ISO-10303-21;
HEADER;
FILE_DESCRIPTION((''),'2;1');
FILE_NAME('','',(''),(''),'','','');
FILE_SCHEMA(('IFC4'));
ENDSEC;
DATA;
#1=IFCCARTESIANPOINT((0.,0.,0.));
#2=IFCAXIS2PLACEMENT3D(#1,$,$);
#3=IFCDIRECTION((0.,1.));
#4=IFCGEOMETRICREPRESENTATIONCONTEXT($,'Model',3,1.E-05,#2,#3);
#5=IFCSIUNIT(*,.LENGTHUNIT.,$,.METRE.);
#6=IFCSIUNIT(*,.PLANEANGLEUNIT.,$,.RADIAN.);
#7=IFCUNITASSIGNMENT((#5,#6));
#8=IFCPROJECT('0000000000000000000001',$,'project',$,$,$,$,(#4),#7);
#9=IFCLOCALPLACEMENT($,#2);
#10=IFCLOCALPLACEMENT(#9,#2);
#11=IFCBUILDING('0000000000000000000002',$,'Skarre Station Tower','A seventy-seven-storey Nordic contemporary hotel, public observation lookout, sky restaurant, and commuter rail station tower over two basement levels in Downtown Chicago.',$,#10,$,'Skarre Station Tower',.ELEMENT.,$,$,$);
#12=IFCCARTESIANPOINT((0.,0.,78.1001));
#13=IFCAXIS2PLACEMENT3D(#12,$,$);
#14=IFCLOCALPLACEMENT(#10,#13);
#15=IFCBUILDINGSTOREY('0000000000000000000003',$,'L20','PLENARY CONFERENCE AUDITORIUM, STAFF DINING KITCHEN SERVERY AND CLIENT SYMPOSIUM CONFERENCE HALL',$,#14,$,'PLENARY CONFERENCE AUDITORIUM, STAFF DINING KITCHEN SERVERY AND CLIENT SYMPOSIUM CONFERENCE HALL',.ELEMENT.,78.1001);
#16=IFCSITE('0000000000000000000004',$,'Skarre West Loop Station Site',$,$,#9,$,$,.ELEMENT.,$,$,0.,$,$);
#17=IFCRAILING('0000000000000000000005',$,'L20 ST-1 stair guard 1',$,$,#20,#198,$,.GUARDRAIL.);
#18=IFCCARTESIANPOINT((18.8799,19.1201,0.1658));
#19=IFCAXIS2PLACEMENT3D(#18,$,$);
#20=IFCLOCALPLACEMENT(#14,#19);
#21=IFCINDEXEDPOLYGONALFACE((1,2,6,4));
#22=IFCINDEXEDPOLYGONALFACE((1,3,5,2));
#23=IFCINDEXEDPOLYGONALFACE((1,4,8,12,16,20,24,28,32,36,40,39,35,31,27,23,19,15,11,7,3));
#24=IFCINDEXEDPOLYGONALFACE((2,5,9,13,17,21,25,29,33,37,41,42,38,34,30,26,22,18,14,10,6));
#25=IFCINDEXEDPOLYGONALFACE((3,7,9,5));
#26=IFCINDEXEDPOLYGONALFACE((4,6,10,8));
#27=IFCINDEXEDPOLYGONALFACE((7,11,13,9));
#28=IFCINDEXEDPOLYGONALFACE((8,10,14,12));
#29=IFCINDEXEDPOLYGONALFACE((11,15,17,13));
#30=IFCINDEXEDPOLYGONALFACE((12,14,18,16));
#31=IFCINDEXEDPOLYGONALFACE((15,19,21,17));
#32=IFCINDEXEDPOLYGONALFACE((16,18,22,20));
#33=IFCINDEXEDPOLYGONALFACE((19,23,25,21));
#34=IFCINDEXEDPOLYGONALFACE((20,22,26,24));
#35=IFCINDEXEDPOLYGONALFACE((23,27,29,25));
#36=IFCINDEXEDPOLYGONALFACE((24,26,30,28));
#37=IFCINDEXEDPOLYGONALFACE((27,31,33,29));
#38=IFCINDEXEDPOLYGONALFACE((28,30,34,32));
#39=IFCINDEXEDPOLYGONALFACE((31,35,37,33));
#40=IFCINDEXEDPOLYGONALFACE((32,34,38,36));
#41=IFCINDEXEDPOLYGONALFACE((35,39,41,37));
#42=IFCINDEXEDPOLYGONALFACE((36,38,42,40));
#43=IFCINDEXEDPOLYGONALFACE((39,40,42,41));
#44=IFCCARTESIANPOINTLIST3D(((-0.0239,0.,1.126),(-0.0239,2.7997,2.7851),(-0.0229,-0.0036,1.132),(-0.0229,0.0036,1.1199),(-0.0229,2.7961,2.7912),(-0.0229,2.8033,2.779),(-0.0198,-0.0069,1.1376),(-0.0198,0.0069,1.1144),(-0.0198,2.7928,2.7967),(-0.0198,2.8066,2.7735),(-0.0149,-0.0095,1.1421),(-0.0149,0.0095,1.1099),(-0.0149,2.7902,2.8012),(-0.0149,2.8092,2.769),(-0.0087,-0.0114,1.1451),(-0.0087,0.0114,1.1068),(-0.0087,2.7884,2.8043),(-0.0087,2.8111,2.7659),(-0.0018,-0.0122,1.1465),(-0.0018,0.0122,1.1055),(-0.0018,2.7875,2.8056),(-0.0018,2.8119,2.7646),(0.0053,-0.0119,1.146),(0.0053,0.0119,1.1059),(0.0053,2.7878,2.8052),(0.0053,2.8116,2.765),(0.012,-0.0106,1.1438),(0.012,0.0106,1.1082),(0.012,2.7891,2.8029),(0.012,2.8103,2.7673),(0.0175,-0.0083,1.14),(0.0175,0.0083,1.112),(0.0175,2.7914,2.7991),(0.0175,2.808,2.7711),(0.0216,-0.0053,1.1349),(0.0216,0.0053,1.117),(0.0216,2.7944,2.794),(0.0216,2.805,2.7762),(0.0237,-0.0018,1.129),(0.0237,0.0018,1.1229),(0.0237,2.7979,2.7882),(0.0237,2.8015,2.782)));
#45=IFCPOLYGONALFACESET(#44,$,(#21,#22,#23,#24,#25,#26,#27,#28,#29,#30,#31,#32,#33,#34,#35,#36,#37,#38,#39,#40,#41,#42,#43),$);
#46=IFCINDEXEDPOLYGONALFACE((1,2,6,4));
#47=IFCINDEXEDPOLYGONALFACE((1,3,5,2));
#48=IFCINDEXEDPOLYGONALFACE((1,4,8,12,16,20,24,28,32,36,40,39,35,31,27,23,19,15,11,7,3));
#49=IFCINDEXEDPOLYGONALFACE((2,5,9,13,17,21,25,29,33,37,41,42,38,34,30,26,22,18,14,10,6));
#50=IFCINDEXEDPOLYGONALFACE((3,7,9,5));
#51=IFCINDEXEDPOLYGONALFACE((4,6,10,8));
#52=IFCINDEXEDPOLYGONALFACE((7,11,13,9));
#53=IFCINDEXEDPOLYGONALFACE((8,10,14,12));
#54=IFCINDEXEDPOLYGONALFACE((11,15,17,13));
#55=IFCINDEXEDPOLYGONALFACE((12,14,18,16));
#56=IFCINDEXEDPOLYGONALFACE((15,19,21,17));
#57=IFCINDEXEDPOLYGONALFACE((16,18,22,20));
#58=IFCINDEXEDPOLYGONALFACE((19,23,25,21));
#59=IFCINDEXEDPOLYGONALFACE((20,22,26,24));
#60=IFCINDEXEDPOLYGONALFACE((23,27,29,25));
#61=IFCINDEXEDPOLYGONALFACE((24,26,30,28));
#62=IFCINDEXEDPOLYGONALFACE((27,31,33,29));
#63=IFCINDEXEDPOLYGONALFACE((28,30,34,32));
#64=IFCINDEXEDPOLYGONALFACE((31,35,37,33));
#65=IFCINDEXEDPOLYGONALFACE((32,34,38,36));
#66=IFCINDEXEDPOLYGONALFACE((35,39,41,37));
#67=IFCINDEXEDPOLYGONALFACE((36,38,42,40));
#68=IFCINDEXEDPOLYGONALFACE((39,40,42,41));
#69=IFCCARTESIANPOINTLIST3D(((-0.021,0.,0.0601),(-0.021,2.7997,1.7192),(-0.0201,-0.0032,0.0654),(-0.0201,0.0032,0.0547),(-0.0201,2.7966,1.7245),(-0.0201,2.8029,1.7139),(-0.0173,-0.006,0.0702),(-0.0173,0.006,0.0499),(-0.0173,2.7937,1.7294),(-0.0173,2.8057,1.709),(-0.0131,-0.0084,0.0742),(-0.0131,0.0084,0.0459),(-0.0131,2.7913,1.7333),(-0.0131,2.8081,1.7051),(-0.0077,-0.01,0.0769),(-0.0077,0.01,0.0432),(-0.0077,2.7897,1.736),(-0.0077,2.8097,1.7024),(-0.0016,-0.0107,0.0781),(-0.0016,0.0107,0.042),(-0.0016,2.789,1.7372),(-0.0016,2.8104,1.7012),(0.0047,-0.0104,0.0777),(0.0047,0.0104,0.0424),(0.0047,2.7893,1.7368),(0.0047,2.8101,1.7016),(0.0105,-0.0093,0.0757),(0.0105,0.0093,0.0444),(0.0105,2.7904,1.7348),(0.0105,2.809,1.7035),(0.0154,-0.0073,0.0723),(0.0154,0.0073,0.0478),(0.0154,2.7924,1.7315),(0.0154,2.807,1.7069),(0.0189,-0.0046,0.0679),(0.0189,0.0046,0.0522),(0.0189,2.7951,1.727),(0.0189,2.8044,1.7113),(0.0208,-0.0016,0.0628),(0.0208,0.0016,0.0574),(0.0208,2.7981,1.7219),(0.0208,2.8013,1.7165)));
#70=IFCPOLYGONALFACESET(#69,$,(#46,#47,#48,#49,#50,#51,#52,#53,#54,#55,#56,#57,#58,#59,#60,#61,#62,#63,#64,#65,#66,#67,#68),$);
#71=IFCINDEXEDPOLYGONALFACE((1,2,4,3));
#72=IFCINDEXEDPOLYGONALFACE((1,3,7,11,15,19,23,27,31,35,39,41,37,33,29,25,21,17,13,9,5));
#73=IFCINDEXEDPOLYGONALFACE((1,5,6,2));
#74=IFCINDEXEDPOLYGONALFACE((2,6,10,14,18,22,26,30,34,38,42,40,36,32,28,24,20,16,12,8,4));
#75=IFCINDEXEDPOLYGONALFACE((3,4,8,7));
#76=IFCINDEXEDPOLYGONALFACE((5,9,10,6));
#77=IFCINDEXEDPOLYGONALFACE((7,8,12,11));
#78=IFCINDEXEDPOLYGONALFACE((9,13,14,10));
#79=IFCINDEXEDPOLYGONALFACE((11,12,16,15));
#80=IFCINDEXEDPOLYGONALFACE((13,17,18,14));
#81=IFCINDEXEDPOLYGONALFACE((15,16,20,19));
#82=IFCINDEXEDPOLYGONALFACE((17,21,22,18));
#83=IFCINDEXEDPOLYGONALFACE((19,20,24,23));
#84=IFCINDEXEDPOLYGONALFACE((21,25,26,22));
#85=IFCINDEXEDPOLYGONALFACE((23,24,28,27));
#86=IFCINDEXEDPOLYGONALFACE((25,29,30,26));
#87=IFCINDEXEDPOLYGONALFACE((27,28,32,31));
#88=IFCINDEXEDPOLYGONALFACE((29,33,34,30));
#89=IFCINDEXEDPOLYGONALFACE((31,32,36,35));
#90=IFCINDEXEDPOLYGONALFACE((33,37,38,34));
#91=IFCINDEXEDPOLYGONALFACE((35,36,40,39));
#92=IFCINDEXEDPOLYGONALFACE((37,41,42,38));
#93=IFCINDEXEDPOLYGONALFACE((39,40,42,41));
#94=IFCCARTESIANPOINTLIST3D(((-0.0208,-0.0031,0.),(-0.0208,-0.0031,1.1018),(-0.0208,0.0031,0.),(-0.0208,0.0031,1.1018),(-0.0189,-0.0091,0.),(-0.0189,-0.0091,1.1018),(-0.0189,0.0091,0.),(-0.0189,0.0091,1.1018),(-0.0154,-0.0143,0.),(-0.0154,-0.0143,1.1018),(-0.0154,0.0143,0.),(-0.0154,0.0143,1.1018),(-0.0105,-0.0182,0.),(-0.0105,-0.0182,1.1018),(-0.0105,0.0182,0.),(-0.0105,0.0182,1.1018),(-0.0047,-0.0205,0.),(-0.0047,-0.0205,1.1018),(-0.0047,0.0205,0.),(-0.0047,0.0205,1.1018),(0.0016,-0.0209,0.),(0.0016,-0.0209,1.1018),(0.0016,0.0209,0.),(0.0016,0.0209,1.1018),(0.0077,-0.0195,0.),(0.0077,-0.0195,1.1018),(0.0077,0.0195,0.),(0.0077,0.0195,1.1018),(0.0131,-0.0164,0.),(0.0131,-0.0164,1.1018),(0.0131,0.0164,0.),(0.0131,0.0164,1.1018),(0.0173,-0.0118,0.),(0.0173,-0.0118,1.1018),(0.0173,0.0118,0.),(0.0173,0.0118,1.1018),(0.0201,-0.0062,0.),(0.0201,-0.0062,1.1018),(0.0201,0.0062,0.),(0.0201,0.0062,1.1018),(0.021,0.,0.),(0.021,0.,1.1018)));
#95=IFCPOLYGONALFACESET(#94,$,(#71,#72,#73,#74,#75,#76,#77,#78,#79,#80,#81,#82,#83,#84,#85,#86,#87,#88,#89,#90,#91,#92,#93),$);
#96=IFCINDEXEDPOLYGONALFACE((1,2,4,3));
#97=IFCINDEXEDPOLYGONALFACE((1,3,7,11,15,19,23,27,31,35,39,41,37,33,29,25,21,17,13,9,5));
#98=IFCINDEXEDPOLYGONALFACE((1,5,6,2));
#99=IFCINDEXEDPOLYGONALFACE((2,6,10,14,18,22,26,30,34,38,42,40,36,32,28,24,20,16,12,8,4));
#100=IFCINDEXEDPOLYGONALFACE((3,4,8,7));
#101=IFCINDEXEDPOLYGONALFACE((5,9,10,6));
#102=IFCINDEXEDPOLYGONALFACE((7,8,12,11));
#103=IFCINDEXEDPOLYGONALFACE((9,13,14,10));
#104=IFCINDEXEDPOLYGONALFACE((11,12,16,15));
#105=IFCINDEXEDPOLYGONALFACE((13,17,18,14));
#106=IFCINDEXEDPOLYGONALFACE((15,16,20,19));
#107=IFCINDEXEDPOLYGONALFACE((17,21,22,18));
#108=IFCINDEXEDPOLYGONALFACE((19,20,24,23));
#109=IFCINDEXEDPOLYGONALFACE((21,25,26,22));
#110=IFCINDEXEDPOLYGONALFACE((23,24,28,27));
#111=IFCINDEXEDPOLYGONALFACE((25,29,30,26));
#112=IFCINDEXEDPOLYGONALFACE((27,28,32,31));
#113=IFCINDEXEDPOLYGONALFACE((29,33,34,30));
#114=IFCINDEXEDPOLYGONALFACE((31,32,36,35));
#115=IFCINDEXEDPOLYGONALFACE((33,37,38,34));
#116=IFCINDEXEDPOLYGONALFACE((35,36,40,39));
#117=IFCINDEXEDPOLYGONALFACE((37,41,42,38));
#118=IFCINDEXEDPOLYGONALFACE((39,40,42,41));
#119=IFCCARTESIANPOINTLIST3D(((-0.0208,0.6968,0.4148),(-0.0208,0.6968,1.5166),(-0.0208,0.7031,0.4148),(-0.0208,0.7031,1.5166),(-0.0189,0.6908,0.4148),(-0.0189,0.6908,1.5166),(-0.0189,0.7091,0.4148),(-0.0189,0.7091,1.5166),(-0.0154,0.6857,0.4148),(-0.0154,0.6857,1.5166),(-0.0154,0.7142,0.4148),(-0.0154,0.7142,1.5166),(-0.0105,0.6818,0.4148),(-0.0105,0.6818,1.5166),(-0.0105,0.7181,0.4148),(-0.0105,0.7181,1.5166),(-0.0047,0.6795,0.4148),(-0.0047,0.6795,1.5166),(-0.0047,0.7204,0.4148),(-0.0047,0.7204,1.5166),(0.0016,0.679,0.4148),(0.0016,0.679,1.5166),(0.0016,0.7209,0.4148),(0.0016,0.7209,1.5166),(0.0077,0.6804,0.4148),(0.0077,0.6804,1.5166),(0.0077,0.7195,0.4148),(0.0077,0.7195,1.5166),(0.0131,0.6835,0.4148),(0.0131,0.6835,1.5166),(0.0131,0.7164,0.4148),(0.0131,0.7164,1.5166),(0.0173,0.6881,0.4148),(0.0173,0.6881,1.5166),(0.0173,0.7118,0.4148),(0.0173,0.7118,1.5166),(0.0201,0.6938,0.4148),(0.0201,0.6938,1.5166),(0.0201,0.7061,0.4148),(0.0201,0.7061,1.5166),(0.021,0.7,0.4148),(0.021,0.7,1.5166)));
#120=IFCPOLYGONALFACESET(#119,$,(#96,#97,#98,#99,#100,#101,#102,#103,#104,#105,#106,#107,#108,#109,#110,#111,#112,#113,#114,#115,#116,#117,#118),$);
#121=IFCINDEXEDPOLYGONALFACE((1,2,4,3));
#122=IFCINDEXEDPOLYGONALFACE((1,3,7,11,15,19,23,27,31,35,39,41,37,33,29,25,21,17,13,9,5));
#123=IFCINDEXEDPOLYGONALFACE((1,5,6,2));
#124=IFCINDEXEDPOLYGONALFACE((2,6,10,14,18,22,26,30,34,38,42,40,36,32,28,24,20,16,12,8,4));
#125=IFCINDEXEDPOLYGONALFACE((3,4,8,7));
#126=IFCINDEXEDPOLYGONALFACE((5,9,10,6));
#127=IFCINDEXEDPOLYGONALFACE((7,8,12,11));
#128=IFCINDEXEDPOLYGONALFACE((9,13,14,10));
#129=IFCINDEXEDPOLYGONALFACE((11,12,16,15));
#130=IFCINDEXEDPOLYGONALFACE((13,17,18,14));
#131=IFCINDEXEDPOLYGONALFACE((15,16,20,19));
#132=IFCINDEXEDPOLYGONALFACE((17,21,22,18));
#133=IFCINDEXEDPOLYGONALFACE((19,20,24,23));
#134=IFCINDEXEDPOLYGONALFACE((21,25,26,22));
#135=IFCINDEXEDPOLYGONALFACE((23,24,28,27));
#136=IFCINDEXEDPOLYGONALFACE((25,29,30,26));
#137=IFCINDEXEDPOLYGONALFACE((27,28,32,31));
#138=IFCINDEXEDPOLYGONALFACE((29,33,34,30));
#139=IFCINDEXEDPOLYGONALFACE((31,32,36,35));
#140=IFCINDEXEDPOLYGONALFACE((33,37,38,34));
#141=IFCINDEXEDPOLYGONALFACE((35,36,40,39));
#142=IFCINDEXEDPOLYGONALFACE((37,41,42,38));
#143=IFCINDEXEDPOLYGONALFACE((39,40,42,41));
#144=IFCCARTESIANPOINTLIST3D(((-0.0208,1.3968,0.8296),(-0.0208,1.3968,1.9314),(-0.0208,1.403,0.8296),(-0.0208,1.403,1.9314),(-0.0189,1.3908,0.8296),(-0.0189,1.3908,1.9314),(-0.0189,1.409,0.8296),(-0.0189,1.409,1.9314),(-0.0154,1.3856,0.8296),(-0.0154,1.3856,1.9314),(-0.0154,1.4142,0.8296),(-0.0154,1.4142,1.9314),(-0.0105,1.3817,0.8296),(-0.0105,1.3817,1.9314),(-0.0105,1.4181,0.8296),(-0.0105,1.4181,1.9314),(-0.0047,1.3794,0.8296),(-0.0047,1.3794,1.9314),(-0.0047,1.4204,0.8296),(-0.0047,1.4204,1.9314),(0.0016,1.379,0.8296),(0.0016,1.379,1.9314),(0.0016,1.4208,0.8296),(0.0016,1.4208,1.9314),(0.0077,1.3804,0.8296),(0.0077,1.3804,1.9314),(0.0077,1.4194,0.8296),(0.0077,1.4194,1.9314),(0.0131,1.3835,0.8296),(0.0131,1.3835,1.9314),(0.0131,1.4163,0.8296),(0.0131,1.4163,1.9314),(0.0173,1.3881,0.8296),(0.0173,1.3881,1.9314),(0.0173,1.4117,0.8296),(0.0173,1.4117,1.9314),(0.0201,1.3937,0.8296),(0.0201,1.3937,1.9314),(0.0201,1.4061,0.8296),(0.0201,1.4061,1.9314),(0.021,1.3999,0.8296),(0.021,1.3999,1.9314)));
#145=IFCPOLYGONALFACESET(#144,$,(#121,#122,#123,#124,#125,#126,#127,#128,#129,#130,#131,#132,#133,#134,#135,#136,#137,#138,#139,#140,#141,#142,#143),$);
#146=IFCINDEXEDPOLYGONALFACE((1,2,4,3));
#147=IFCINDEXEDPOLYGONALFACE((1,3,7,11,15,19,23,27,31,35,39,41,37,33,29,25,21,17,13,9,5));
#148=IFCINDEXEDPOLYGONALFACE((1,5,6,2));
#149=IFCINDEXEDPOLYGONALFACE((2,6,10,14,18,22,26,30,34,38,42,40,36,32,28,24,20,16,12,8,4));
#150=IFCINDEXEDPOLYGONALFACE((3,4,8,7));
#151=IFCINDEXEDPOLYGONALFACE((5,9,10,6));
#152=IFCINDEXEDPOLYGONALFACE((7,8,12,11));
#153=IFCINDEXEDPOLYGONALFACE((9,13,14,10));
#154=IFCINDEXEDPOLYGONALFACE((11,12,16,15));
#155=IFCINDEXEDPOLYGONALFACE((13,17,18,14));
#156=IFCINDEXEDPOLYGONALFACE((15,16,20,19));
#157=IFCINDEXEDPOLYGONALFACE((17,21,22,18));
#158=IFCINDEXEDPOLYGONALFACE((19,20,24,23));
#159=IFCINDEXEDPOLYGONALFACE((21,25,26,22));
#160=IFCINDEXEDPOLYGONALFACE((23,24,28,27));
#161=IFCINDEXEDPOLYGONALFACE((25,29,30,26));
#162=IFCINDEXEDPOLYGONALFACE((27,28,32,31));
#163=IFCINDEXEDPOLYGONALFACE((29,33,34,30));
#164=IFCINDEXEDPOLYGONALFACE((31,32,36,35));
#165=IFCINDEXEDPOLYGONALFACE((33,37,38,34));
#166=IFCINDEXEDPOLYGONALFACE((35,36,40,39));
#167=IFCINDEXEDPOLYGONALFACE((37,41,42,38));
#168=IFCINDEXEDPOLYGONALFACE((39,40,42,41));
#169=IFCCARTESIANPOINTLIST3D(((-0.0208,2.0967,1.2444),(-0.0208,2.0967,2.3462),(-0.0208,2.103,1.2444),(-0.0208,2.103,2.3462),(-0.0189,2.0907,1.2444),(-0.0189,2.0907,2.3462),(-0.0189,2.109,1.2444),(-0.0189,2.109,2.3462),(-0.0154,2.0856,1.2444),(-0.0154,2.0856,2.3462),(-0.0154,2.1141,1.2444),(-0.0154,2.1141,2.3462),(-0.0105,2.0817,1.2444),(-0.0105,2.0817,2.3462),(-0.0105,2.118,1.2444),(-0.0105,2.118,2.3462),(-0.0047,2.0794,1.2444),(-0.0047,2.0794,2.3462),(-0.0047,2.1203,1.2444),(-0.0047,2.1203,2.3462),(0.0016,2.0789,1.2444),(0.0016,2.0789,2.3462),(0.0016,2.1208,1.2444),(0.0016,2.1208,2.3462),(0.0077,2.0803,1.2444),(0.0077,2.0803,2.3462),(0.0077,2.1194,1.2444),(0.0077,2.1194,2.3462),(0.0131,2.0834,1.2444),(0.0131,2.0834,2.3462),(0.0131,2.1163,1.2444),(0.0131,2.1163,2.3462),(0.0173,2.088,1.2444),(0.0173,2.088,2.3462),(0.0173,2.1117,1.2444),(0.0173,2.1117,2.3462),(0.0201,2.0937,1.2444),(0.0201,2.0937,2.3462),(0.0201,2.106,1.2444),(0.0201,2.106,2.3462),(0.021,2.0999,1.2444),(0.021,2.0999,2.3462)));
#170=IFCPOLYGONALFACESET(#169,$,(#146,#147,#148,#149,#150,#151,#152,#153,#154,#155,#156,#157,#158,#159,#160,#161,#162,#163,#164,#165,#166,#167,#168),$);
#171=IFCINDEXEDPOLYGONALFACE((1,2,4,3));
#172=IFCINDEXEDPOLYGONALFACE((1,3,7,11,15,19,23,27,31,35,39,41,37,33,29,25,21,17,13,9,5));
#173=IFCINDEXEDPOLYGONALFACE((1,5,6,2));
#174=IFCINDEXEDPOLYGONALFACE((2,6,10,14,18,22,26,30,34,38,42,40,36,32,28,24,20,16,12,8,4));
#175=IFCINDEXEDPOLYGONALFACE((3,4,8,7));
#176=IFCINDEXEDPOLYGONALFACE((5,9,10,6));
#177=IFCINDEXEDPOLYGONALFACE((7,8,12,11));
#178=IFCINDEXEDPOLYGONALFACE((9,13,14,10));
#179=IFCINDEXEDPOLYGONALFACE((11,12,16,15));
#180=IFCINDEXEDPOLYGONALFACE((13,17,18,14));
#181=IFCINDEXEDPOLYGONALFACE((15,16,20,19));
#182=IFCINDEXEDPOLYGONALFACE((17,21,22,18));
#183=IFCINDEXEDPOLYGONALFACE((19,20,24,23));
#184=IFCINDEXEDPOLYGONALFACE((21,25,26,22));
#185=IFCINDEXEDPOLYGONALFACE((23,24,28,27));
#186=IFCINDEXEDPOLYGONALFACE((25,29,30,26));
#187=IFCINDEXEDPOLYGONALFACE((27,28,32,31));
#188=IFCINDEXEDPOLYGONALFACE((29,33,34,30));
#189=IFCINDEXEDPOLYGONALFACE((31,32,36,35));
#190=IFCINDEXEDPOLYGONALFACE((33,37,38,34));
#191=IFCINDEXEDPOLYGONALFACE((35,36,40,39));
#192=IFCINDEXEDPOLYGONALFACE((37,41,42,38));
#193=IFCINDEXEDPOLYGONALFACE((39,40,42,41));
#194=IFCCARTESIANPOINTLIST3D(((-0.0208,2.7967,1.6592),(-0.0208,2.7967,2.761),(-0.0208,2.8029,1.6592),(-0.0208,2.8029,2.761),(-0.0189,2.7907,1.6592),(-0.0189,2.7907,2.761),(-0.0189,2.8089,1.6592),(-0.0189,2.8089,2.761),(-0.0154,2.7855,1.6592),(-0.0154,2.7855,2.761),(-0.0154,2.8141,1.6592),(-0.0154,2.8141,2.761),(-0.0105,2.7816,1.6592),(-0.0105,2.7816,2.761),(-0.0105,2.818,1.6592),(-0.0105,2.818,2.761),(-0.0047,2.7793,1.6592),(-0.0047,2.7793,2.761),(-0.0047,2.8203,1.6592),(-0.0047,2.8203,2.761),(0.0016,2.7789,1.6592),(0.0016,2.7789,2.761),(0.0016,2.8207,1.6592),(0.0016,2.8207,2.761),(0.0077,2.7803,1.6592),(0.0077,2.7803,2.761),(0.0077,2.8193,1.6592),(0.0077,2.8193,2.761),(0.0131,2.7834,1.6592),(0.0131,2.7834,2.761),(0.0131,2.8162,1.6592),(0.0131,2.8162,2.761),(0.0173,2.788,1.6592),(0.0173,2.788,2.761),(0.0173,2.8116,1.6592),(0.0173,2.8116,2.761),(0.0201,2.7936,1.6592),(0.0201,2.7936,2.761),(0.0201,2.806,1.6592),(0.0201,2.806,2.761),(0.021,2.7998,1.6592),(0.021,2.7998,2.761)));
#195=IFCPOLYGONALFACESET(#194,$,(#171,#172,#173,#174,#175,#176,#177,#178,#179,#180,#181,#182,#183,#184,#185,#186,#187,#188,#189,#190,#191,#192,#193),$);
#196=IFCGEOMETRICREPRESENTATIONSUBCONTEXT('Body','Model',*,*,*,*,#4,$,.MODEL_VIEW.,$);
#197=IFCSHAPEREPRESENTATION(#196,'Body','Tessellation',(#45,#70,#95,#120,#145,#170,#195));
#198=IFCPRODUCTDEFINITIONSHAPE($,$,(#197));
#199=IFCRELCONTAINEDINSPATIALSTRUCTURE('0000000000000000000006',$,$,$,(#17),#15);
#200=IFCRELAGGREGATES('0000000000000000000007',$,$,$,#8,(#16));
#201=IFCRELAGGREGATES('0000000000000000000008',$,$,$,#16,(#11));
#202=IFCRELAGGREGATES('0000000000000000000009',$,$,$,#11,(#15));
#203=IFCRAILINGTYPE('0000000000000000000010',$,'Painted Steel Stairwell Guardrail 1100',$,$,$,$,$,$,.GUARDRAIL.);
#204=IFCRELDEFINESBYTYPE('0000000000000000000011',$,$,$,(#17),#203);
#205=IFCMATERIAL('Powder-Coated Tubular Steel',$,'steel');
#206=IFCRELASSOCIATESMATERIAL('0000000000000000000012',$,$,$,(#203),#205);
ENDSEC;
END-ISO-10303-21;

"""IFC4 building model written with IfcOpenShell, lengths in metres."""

from ifc_helpers import new_model, si_unit, direction, frame, origin, origin_2d, place, context, subcontext, project, spatial, circle, extrude, material, type_object, element, save


model = new_model("IFC4")

# Units and contexts
model_context = context("Model", 3, precision=1e-05, world=origin(), true_north=direction((0.0, 1.0)))
body_context = subcontext(model_context, "Body", "Model", "MODEL_VIEW")
ifc_project = project(units=[si_unit("LENGTHUNIT", "METRE"), si_unit("PLANEANGLEUNIT", "RADIAN")], contexts=[model_context])

# Site, building, storey
site_placement = place(None, origin())
site = spatial("IfcSite", under=ifc_project, at=site_placement, Name="Skarre West Loop Station Site", CompositionType="ELEMENT", RefElevation=0.0)
building_placement = place(site_placement, origin())
building = spatial("IfcBuilding", under=site, at=building_placement, Name="Skarre Station Tower", Description="A seventy-seven-storey Nordic contemporary hotel, public observation lookout, sky restaurant, and commuter rail station tower over two basement levels in Downtown Chicago.", LongName="Skarre Station Tower", CompositionType="ELEMENT")
storey_placement = place(building_placement, frame((0.0, 0.0, 78.1001)))
storey = spatial("IfcBuildingStorey", under=building, at=storey_placement, Name="L20", Description="PLENARY CONFERENCE AUDITORIUM, STAFF DINING KITCHEN SERVERY AND CLIENT SYMPOSIUM CONFERENCE HALL", LongName="PLENARY CONFERENCE AUDITORIUM, STAFF DINING KITCHEN SERVERY AND CLIENT SYMPOSIUM CONFERENCE HALL", CompositionType="ELEMENT", Elevation=78.1001)

# Railing
ifc_material_1 = material(Name="Powder-Coated Tubular Steel", Category="steel")
railing_type_1 = type_object("IfcRailingType", Name="Painted Steel Stairwell Guardrail 1100", PredefinedType="GUARDRAIL", material=ifc_material_1)
railing_1_placement = place(storey_placement, frame((18.8799, 19.1201, 0.1658)))
element("IfcRailing", 1, at=railing_1_placement, inside=storey, type_object=railing_type_1, Name="L20 ST-1 stair guard 1", PredefinedType="GUARDRAIL", context=body_context, shape_type="SweptSolid", body=[
    extrude(circle(Radius=0.0239, at=origin_2d()), frame((0.0, 0.0, 1.126), z_axis=(0.0, 0.860287, 0.509811), x_axis=(-1.0, 0.0, 0.0)), (0.0, 0.0, 1.0), 3.2544),
    extrude(circle(Radius=0.021, at=origin_2d()), frame((0.0, 0.0, 0.0601), z_axis=(0.0, 0.860287, 0.509811), x_axis=(-1.0, 0.0, 0.0)), (0.0, 0.0, 1.0), 3.2544),
    extrude(circle(Radius=0.021, at=origin_2d()), origin(), (0.0, 0.0, 1.0), 1.1018),
    extrude(circle(Radius=0.021, at=origin_2d()), frame((0.0, 0.7, 0.4148)), (0.0, 0.0, 1.0), 1.1018),
    extrude(circle(Radius=0.021, at=origin_2d()), frame((0.0, 1.3999, 0.8296)), (0.0, 0.0, 1.0), 1.1018),
    extrude(circle(Radius=0.021, at=origin_2d()), frame((0.0, 2.0999, 1.2444)), (0.0, 0.0, 1.0), 1.1018),
    extrude(circle(Radius=0.021, at=origin_2d()), frame((0.0, 2.7998, 1.6592)), (0.0, 0.0, 1.0), 1.1018),
])

save(model, "model.ifc")
